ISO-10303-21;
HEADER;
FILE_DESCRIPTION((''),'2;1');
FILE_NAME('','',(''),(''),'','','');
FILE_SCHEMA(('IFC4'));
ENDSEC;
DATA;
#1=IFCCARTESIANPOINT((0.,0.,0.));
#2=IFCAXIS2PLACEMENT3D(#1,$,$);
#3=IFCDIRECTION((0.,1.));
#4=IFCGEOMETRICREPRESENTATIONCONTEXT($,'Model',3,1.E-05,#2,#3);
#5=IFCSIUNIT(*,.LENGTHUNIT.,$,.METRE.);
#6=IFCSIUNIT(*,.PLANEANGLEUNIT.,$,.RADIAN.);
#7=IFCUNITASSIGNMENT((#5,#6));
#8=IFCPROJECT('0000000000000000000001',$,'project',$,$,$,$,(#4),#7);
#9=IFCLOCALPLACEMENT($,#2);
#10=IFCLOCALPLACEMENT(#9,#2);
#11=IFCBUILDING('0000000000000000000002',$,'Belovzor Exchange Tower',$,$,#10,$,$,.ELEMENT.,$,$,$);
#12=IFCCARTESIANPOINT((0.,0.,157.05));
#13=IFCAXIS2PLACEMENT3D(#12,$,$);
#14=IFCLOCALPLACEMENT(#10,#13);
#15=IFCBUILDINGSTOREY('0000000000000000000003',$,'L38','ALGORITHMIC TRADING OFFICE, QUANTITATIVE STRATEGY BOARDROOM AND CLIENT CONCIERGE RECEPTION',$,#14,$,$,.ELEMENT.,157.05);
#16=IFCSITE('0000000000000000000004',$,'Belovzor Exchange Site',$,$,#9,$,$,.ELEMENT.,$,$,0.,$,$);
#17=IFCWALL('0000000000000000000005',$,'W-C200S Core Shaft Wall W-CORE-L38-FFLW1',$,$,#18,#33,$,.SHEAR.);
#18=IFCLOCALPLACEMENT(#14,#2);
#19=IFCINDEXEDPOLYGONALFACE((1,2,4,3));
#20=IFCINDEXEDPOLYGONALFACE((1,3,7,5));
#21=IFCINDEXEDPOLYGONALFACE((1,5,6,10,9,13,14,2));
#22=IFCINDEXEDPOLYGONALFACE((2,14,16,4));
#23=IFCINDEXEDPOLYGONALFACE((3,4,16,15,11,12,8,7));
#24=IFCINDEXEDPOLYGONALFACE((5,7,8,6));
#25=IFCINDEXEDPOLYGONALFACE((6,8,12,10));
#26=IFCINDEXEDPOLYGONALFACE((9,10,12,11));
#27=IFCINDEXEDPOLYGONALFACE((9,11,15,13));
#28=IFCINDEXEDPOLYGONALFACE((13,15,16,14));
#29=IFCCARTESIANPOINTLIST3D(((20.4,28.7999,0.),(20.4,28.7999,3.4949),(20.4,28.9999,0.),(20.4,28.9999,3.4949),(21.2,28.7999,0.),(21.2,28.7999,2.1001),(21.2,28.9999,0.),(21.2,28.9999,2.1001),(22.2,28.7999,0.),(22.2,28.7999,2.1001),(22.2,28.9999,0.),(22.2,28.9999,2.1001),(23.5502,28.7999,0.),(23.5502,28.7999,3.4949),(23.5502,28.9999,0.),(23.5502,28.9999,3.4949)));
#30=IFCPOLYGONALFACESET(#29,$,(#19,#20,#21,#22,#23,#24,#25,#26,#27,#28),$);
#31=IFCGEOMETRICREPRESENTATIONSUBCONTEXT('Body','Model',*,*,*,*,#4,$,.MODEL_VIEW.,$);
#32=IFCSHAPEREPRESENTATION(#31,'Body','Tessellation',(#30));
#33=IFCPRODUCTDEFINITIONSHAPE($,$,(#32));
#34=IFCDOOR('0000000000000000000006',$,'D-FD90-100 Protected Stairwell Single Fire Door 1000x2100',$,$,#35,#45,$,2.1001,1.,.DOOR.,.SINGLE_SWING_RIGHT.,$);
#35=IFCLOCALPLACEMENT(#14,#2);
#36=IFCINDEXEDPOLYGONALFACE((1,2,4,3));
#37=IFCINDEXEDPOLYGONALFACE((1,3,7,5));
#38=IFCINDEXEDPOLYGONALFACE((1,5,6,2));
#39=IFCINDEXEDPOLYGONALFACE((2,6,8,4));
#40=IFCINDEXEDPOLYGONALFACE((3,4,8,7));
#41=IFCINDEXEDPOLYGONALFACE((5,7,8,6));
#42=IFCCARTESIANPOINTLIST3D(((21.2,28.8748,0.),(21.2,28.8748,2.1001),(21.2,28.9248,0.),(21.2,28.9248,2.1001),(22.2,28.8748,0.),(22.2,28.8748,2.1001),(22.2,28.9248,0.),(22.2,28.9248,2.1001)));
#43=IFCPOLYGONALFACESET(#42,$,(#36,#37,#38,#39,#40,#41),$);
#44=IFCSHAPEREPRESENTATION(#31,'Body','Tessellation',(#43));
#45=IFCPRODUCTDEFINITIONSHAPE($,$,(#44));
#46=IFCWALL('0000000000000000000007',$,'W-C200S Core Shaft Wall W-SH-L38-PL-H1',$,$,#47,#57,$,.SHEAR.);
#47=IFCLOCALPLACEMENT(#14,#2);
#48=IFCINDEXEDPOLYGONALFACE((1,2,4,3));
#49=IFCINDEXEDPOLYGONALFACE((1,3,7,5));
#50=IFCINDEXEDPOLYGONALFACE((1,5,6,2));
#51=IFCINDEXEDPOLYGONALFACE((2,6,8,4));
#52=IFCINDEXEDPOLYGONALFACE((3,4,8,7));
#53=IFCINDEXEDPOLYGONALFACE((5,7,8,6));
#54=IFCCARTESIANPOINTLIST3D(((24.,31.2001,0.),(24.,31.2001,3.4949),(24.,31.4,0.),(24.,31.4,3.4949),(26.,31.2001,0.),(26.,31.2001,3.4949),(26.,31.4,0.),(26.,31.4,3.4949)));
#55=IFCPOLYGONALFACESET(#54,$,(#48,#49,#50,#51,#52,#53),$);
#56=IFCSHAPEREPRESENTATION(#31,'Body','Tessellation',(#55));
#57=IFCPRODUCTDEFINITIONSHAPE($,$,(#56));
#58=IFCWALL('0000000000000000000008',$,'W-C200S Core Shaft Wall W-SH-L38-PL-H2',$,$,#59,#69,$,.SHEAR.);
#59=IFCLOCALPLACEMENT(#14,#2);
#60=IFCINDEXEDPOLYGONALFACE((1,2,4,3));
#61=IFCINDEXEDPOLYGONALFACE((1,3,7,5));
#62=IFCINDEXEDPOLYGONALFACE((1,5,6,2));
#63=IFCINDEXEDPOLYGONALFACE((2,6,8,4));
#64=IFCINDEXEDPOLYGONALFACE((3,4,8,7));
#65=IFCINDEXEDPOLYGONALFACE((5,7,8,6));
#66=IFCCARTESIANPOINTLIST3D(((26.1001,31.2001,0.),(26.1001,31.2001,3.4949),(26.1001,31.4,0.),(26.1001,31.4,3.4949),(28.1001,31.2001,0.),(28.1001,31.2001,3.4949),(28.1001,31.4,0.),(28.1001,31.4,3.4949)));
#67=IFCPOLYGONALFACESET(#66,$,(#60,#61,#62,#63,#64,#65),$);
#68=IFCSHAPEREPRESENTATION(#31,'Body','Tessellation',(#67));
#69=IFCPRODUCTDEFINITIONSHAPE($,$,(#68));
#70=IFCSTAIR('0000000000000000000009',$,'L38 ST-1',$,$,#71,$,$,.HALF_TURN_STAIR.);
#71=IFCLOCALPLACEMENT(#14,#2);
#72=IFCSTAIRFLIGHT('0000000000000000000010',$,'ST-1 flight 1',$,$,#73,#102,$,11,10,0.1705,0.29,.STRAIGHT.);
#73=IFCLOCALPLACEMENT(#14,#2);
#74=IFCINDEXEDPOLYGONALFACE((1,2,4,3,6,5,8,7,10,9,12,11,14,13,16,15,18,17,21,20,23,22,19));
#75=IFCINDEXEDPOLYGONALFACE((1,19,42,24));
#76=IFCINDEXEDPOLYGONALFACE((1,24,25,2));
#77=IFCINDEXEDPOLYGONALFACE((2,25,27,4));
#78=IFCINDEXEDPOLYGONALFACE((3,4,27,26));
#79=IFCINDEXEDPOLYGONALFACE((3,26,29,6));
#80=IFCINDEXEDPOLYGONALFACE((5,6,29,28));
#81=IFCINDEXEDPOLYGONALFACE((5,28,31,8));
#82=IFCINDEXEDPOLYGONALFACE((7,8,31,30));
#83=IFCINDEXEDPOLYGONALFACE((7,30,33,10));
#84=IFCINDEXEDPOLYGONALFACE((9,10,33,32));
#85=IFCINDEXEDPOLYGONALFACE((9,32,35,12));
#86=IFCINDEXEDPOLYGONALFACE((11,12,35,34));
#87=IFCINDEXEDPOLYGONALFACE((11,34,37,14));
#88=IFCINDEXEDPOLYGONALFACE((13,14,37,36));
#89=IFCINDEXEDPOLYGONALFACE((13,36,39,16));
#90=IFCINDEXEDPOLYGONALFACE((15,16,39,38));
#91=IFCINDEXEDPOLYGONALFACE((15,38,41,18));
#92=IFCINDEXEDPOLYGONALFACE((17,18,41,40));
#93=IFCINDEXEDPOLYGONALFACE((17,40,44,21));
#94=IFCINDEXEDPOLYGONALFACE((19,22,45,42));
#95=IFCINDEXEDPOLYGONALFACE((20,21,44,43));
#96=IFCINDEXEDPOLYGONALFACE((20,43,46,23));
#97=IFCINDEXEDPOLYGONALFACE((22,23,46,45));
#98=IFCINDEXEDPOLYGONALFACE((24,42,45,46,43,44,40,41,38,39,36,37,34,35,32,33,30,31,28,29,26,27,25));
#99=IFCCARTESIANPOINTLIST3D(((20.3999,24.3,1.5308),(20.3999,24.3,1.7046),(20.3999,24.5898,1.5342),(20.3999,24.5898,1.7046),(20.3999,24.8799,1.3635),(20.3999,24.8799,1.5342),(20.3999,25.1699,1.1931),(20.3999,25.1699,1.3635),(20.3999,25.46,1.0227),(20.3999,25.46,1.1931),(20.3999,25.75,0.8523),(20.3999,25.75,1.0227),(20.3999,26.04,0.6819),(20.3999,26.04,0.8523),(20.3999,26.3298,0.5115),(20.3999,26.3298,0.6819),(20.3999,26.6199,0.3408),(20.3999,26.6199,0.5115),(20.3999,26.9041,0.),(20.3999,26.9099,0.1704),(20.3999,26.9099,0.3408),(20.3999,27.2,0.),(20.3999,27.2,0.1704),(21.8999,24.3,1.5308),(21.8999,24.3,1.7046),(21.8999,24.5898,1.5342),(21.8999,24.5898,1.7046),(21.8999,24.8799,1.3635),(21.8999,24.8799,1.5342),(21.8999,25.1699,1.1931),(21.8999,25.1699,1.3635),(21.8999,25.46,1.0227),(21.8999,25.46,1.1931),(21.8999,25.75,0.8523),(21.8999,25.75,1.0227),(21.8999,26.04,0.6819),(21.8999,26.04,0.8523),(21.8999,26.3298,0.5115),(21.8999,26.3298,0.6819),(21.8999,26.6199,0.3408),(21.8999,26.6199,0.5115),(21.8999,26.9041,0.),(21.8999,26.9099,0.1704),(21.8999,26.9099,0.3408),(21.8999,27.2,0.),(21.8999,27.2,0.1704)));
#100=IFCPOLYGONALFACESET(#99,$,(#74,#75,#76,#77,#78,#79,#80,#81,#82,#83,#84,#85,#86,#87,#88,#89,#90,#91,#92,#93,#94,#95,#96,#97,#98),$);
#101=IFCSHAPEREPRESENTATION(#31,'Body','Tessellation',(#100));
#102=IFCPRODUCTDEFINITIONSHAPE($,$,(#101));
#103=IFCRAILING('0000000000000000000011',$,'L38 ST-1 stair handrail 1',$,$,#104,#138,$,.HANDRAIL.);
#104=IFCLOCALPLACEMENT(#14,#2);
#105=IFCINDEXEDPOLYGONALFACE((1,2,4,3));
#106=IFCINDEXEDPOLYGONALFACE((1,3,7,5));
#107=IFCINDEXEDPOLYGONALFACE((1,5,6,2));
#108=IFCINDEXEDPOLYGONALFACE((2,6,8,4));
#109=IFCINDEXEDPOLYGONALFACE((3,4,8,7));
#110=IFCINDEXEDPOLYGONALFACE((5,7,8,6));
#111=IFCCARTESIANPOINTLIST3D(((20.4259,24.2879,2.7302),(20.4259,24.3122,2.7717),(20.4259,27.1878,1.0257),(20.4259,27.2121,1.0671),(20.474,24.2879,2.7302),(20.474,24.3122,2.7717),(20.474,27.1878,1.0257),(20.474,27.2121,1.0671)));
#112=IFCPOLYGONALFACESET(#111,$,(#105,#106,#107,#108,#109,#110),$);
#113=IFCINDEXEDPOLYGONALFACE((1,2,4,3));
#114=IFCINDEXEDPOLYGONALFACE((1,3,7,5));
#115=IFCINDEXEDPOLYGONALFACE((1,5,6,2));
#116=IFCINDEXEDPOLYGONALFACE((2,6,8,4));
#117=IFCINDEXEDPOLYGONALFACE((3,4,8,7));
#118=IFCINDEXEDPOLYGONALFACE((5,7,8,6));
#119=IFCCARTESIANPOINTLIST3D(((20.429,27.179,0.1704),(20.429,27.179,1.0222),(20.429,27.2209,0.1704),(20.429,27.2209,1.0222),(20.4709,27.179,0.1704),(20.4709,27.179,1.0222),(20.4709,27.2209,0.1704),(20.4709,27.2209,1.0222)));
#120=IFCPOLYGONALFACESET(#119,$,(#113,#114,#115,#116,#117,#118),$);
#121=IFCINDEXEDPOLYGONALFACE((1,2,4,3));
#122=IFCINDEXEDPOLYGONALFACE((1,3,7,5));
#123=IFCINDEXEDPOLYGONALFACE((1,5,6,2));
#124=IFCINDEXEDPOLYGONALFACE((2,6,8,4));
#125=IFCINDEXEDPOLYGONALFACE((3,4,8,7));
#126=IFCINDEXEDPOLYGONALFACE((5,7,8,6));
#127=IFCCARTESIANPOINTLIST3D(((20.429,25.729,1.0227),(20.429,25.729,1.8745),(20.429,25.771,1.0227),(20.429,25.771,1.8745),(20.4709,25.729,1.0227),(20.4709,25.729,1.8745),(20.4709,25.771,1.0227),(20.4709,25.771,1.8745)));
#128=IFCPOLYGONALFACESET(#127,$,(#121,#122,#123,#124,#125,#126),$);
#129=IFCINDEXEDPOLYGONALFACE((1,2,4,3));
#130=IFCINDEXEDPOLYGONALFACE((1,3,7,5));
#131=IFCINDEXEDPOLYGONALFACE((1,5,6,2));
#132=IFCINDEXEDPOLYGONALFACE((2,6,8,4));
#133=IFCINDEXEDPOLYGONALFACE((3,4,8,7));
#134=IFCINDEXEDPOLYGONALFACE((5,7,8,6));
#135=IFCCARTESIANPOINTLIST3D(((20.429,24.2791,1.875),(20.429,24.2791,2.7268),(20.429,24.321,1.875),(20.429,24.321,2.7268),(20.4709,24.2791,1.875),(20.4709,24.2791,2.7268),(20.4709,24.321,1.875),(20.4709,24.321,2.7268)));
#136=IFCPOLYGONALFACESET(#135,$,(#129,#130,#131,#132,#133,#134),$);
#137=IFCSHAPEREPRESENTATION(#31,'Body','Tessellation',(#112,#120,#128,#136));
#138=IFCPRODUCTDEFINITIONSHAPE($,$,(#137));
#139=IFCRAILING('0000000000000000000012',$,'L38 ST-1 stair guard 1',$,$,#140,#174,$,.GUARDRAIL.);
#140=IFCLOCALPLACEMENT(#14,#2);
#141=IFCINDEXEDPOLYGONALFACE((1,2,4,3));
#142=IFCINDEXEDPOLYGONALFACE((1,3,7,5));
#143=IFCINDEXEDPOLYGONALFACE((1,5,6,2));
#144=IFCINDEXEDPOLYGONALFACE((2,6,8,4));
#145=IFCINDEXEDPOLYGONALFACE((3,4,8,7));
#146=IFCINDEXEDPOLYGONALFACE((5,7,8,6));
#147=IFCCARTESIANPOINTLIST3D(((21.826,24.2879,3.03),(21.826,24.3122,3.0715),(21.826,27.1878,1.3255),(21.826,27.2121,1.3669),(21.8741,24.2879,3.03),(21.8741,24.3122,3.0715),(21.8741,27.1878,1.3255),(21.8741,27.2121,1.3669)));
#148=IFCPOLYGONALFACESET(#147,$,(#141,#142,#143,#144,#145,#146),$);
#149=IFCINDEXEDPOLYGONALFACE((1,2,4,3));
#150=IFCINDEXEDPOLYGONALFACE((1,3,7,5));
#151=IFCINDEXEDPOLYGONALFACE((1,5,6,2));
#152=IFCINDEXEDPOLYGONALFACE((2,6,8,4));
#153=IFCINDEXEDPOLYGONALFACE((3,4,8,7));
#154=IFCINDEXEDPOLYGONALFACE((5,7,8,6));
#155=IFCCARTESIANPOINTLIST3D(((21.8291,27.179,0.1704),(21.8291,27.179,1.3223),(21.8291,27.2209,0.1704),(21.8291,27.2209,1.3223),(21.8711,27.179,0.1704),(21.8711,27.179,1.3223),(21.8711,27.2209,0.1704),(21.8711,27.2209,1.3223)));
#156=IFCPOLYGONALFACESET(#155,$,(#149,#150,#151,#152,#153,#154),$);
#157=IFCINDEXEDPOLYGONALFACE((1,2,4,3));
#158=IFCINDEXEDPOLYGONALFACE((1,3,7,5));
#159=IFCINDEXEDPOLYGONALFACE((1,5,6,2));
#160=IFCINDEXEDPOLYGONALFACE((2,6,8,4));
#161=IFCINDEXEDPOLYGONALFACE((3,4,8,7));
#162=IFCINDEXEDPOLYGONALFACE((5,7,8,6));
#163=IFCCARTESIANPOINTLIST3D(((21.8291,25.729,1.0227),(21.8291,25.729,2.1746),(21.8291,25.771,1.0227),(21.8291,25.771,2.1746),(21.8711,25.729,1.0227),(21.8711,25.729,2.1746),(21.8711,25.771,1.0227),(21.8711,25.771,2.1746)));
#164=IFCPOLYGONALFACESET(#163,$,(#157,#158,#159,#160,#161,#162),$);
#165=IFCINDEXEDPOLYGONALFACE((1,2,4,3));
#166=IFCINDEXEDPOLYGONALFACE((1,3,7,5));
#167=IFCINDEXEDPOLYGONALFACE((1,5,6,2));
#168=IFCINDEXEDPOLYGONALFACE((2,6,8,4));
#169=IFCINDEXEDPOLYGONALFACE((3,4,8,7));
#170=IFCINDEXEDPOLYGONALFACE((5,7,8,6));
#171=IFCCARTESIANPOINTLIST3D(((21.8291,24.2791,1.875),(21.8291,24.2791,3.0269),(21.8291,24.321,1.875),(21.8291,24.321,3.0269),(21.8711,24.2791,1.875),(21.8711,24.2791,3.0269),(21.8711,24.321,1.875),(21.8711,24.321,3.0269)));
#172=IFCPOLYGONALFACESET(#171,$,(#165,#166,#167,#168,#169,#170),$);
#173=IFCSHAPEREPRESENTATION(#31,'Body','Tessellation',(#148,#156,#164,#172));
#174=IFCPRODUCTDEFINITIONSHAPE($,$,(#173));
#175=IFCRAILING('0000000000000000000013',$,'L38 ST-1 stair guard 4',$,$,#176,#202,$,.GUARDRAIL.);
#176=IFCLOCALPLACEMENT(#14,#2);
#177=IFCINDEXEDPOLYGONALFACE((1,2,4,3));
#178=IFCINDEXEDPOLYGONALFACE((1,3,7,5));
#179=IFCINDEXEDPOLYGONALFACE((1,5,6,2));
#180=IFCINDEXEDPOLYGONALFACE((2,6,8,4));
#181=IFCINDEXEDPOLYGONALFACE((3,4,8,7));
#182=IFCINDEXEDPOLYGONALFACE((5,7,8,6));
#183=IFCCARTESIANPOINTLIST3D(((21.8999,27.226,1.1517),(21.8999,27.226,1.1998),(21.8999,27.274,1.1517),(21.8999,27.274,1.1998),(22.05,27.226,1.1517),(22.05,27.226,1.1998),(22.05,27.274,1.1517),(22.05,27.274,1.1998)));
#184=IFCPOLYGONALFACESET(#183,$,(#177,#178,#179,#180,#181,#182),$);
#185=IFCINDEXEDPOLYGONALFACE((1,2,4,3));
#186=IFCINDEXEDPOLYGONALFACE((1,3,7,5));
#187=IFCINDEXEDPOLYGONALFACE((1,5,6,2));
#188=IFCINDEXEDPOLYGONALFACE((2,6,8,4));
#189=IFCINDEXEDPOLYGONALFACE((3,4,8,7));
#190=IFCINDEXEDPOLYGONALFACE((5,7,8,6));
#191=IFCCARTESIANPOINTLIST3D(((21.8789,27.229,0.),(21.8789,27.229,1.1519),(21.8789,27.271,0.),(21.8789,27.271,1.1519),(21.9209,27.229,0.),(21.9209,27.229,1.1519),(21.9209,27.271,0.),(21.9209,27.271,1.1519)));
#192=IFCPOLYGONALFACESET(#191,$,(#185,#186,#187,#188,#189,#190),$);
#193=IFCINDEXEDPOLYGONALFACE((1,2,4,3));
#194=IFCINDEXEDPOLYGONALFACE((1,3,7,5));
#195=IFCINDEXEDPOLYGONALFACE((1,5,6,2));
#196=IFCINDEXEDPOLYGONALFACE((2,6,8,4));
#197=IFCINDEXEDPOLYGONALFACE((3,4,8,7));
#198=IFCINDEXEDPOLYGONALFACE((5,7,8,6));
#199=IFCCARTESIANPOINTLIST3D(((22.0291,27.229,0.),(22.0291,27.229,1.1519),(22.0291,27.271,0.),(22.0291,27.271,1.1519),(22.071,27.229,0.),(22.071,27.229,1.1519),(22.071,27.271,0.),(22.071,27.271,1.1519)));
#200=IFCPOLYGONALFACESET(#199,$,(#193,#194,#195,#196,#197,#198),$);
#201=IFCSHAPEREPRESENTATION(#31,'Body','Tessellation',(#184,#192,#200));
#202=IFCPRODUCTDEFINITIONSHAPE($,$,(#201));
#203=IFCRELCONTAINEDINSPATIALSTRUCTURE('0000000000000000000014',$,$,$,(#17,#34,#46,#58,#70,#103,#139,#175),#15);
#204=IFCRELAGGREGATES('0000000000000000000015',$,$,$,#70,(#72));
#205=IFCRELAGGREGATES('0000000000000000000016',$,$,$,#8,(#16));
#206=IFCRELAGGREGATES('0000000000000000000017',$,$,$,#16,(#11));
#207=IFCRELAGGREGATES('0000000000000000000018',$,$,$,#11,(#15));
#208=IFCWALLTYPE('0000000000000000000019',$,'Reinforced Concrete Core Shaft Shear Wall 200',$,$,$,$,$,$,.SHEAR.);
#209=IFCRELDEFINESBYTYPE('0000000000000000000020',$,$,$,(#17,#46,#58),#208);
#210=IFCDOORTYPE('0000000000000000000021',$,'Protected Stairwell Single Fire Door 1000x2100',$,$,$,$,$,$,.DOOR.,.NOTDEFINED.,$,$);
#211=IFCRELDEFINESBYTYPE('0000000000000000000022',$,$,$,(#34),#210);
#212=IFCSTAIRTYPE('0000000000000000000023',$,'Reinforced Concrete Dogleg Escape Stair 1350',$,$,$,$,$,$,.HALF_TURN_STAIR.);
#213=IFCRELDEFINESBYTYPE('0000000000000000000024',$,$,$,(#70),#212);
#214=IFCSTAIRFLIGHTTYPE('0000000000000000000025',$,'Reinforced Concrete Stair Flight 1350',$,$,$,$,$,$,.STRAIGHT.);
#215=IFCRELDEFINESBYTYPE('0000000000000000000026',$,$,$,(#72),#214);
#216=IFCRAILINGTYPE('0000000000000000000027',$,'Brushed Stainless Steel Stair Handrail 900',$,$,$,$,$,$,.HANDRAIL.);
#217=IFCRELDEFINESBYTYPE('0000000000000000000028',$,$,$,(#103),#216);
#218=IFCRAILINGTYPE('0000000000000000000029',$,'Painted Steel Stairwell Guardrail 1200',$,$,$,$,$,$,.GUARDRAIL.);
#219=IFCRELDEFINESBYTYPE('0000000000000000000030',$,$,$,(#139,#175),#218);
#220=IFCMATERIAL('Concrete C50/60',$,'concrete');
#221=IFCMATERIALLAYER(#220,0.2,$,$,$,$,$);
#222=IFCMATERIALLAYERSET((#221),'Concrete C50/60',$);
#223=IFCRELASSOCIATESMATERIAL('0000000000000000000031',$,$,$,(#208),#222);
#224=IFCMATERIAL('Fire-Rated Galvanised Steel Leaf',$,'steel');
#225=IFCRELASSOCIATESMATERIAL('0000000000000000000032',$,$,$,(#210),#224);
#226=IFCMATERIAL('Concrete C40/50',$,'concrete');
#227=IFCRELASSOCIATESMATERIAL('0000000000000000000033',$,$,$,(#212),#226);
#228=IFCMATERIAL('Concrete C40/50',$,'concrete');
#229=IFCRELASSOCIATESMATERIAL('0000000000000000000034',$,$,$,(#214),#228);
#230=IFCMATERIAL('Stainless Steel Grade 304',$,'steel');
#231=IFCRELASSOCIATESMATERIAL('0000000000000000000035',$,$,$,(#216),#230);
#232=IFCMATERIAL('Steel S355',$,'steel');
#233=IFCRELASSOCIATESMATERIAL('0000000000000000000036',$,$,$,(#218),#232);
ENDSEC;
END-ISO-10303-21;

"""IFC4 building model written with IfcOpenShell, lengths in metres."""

from ifc_helpers import new_model, si_unit, direction, frame, frame_2d, origin, origin_2d, place, context, subcontext, project, spatial, polyline, rectangle, outline, extrude, material, layer, layer_set, type_object, element, fill, aggregate, save


model = new_model("IFC4")

# Units and contexts
model_context = context("Model", 3, precision=1e-05, world=origin(), true_north=direction((0.0, 1.0)))
body_context = subcontext(model_context, "Body", "Model", "MODEL_VIEW")
ifc_project = project(units=[si_unit("LENGTHUNIT", "METRE"), si_unit("PLANEANGLEUNIT", "RADIAN")], contexts=[model_context])

# Site, building, storey
site_placement = place(None, origin())
site = spatial("IfcSite", under=ifc_project, at=site_placement, Name="Belovzor Exchange Site", CompositionType="ELEMENT", RefElevation=0.0)
building_placement = place(site_placement, origin())
building = spatial("IfcBuilding", under=site, at=building_placement, Name="Belovzor Exchange Tower", CompositionType="ELEMENT")
storey_placement = place(building_placement, frame((0.0, 0.0, 157.05)))
storey = spatial("IfcBuildingStorey", under=building, at=storey_placement, Name="L38", Description="ALGORITHMIC TRADING OFFICE, QUANTITATIVE STRATEGY BOARDROOM AND CLIENT CONCIERGE RECEPTION", CompositionType="ELEMENT", Elevation=157.05)

# Wall, opening, door
ifc_material_1 = material(Name="Concrete C50/60", Category="concrete")
ifc_layer_1 = layer(ifc_material_1, 0.2)
ifc_layer_set_1 = layer_set([ifc_layer_1], Name="Concrete C50/60")
wall_type_1 = type_object("IfcWallType", Name="Reinforced Concrete Core Shaft Shear Wall 200", PredefinedType="SHEAR", material=ifc_layer_set_1)
wall_1_placement = place(storey_placement, frame((20.3999, 28.8999, 0.0), z_axis=(0.0, 0.0, 1.0), x_axis=(1.0, 0.0, 0.0)))
wall_1 = element("IfcWall", 1, at=wall_1_placement, inside=storey, type_object=wall_type_1, Name="W-C200S Core Shaft Wall W-CORE-L38-FFLW1", PredefinedType="SHEAR", context=body_context, shape_type="SweptSolid", body=[
    extrude(rectangle(XDim=3.1501, YDim=0.2, at=frame_2d((1.5752, 0.0))), origin(), (0.0, 0.0, 1.0), 3.4949),
])
opening_1_placement = place(wall_1_placement, frame((0.8, 0.0, 0.0)))
opening_1 = element("IfcOpeningElement", 2, at=opening_1_placement, cuts=wall_1, PredefinedType="OPENING", context=body_context, shape_type="SweptSolid", body=[
    extrude(rectangle(XDim=1.0, YDim=2.1001, at=frame_2d((0.5, 1.05))), frame((0.0, 0.1099, 0.0), z_axis=(0.0, -1.0, 0.0), x_axis=(1.0, 0.0, 0.0)), (0.0, 0.0, 1.0), 0.22),
])
ifc_material_2 = material(Name="Fire-Rated Galvanised Steel Leaf", Category="steel")
door_type_1 = type_object("IfcDoorType", Name="Protected Stairwell Single Fire Door 1000x2100", OperationType="NOTDEFINED", PredefinedType="DOOR", material=ifc_material_2)
door_1_placement = place(opening_1_placement, origin())
door_1 = element("IfcDoor", 3, at=door_1_placement, inside=storey, type_object=door_type_1, Name="D-FD90-100 Protected Stairwell Single Fire Door 1000x2100", OperationType="SINGLE_SWING_RIGHT", OverallHeight=2.1001, OverallWidth=1.0, PredefinedType="DOOR", context=body_context, shape_type="SweptSolid", body=[
    extrude(rectangle(XDim=1.0, YDim=2.1001, at=frame_2d((0.5, 1.05))), frame((0.0, 0.0249, 0.0), z_axis=(0.0, -1.0, 0.0), x_axis=(1.0, 0.0, 0.0)), (0.0, 0.0, 1.0), 0.05),
])
fill(opening_1, door_1)

# Walls
for number, where, z_axis, x_axis, name in (
    (4, (24.0, 31.3, 0.0), (0.0, 0.0, 1.0), (1.0, 0.0, 0.0), "W-C200S Core Shaft Wall W-SH-L38-PL-H1"),
    (5, (26.1001, 31.3, 0.0), (0.0, 0.0, 1.0), (1.0, 0.0, 0.0), "W-C200S Core Shaft Wall W-SH-L38-PL-H2"),
):
    element("IfcWall", number, at=place(storey_placement, frame(where, z_axis=z_axis, x_axis=x_axis)), inside=storey, type_object=wall_type_1, Name=name, PredefinedType="SHEAR", context=body_context, shape_type="SweptSolid", body=[
        extrude(rectangle(XDim=2.0, YDim=0.2, at=frame_2d((1.0, 0.0))), origin(), (0.0, 0.0, 1.0), 3.4949),
    ])

# Stair, stair flight
ifc_material_3 = material(Name="Concrete C40/50", Category="concrete")
stair_type = type_object("IfcStairType", Name="Reinforced Concrete Dogleg Escape Stair 1350", PredefinedType="HALF_TURN_STAIR", material=ifc_material_3)
stair_placement = place(storey_placement, origin())
stair = element("IfcStair", 6, at=stair_placement, inside=storey, type_object=stair_type, Name="L38 ST-1", PredefinedType="HALF_TURN_STAIR")
ifc_material_4 = material(Name="Concrete C40/50", Category="concrete")
stair_flight_type = type_object("IfcStairFlightType", Name="Reinforced Concrete Stair Flight 1350", PredefinedType="STRAIGHT", material=ifc_material_4)
stair_flight_placement = place(storey_placement, frame((21.1499, 27.2, 0.0), z_axis=(0.0, 0.0, 1.0), x_axis=(0.0, -1.0, 0.0)))
stair_flight = element("IfcStairFlight", 7, at=stair_flight_placement, type_object=stair_flight_type, Name="ST-1 flight 1", NumberOfRisers=11, NumberOfTreads=10, PredefinedType="STRAIGHT", RiserHeight=0.1705, TreadLength=0.29, context=body_context, shape_type="SweptSolid", body=[
    extrude(outline(polyline([(0.0, 0.0), (0.0, 0.1704), (0.29, 0.1704), (0.29, 0.3408), (0.5801, 0.3408), (0.5801, 0.5115), (0.8701, 0.5115), (0.8701, 0.6819), (1.1599, 0.6819), (1.1599, 0.8523), (1.45, 0.8523), (1.45, 1.0227), (1.74, 1.0227), (1.74, 1.1931), (2.03, 1.1931), (2.03, 1.3635), (2.3201, 1.3635), (2.3201, 1.5342), (2.6101, 1.5342), (2.6101, 1.7046), (2.8999, 1.7046), (2.8999, 1.875), (2.8999, 1.5308), (0.2959, 0.0), (0.0, 0.0)])), frame((0.0, 0.75, 0.0), z_axis=(0.0, -1.0, 0.0), x_axis=(1.0, 0.0, 0.0)), (0.0, 0.0, 1.0), 1.5),
])
aggregate(stair, [stair_flight])

# Railings
ifc_material_5 = material(Name="Stainless Steel Grade 304", Category="steel")
railing_type_1 = type_object("IfcRailingType", Name="Brushed Stainless Steel Stair Handrail 900", PredefinedType="HANDRAIL", material=ifc_material_5)
railing_1_placement = place(storey_placement, frame((20.45, 27.2, 0.1704)))
element("IfcRailing", 8, at=railing_1_placement, inside=storey, type_object=railing_type_1, Name="L38 ST-1 stair handrail 1", PredefinedType="HANDRAIL", context=body_context, shape_type="SweptSolid", body=[
    extrude(rectangle(XDim=0.0481, YDim=0.0481, at=origin_2d()), frame((0.0, 0.0, 0.876), z_axis=(0.0, -0.862095, 0.506747), x_axis=(1.0, 0.0, 0.0)), (0.0, 0.0, 1.0), 3.3638),
    extrude(rectangle(XDim=0.042, YDim=0.042, at=origin_2d()), origin(), (0.0, 0.0, 1.0), 0.8518),
    extrude(rectangle(XDim=0.042, YDim=0.042, at=origin_2d()), frame((0.0, -1.45, 0.8523)), (0.0, 0.0, 1.0), 0.8518),
    extrude(rectangle(XDim=0.042, YDim=0.042, at=origin_2d()), frame((0.0, -2.8999, 1.7046)), (0.0, 0.0, 1.0), 0.8518),
])
ifc_material_6 = material(Name="Steel S355", Category="steel")
railing_type_2 = type_object("IfcRailingType", Name="Painted Steel Stairwell Guardrail 1200", PredefinedType="GUARDRAIL", material=ifc_material_6)
railing_2_placement = place(storey_placement, frame((21.8501, 27.2, 0.1704)))
element("IfcRailing", 9, at=railing_2_placement, inside=storey, type_object=railing_type_2, Name="L38 ST-1 stair guard 1", PredefinedType="GUARDRAIL", context=body_context, shape_type="SweptSolid", body=[
    extrude(rectangle(XDim=0.0481, YDim=0.0481, at=origin_2d()), frame((0.0, 0.0, 1.1758), z_axis=(0.0, -0.862095, 0.506747), x_axis=(1.0, 0.0, 0.0)), (0.0, 0.0, 1.0), 3.3638),
    extrude(rectangle(XDim=0.042, YDim=0.042, at=origin_2d()), origin(), (0.0, 0.0, 1.0), 1.1519),
    extrude(rectangle(XDim=0.042, YDim=0.042, at=origin_2d()), frame((0.0, -1.45, 0.8523)), (0.0, 0.0, 1.0), 1.1519),
    extrude(rectangle(XDim=0.042, YDim=0.042, at=origin_2d()), frame((0.0, -2.8999, 1.7046)), (0.0, 0.0, 1.0), 1.1519),
])
railing_3_placement = place(storey_placement, frame((21.8999, 27.25, 0.0)))
element("IfcRailing", 10, at=railing_3_placement, inside=storey, type_object=railing_type_2, Name="L38 ST-1 stair guard 4", PredefinedType="GUARDRAIL", context=body_context, shape_type="SweptSolid", body=[
    extrude(rectangle(XDim=0.0481, YDim=0.0481, at=origin_2d()), frame((0.0, 0.0, 1.1758), z_axis=(1.0, 0.0, 0.0), x_axis=(0.0, 1.0, 0.0)), (0.0, 0.0, 1.0), 0.1501),
    extrude(rectangle(XDim=0.042, YDim=0.042, at=origin_2d()), origin(), (0.0, 0.0, 1.0), 1.1519),
    extrude(rectangle(XDim=0.042, YDim=0.042, at=origin_2d()), frame((0.1501, 0.0, 0.0)), (0.0, 0.0, 1.0), 1.1519),
])

save(model, "model.ifc")
